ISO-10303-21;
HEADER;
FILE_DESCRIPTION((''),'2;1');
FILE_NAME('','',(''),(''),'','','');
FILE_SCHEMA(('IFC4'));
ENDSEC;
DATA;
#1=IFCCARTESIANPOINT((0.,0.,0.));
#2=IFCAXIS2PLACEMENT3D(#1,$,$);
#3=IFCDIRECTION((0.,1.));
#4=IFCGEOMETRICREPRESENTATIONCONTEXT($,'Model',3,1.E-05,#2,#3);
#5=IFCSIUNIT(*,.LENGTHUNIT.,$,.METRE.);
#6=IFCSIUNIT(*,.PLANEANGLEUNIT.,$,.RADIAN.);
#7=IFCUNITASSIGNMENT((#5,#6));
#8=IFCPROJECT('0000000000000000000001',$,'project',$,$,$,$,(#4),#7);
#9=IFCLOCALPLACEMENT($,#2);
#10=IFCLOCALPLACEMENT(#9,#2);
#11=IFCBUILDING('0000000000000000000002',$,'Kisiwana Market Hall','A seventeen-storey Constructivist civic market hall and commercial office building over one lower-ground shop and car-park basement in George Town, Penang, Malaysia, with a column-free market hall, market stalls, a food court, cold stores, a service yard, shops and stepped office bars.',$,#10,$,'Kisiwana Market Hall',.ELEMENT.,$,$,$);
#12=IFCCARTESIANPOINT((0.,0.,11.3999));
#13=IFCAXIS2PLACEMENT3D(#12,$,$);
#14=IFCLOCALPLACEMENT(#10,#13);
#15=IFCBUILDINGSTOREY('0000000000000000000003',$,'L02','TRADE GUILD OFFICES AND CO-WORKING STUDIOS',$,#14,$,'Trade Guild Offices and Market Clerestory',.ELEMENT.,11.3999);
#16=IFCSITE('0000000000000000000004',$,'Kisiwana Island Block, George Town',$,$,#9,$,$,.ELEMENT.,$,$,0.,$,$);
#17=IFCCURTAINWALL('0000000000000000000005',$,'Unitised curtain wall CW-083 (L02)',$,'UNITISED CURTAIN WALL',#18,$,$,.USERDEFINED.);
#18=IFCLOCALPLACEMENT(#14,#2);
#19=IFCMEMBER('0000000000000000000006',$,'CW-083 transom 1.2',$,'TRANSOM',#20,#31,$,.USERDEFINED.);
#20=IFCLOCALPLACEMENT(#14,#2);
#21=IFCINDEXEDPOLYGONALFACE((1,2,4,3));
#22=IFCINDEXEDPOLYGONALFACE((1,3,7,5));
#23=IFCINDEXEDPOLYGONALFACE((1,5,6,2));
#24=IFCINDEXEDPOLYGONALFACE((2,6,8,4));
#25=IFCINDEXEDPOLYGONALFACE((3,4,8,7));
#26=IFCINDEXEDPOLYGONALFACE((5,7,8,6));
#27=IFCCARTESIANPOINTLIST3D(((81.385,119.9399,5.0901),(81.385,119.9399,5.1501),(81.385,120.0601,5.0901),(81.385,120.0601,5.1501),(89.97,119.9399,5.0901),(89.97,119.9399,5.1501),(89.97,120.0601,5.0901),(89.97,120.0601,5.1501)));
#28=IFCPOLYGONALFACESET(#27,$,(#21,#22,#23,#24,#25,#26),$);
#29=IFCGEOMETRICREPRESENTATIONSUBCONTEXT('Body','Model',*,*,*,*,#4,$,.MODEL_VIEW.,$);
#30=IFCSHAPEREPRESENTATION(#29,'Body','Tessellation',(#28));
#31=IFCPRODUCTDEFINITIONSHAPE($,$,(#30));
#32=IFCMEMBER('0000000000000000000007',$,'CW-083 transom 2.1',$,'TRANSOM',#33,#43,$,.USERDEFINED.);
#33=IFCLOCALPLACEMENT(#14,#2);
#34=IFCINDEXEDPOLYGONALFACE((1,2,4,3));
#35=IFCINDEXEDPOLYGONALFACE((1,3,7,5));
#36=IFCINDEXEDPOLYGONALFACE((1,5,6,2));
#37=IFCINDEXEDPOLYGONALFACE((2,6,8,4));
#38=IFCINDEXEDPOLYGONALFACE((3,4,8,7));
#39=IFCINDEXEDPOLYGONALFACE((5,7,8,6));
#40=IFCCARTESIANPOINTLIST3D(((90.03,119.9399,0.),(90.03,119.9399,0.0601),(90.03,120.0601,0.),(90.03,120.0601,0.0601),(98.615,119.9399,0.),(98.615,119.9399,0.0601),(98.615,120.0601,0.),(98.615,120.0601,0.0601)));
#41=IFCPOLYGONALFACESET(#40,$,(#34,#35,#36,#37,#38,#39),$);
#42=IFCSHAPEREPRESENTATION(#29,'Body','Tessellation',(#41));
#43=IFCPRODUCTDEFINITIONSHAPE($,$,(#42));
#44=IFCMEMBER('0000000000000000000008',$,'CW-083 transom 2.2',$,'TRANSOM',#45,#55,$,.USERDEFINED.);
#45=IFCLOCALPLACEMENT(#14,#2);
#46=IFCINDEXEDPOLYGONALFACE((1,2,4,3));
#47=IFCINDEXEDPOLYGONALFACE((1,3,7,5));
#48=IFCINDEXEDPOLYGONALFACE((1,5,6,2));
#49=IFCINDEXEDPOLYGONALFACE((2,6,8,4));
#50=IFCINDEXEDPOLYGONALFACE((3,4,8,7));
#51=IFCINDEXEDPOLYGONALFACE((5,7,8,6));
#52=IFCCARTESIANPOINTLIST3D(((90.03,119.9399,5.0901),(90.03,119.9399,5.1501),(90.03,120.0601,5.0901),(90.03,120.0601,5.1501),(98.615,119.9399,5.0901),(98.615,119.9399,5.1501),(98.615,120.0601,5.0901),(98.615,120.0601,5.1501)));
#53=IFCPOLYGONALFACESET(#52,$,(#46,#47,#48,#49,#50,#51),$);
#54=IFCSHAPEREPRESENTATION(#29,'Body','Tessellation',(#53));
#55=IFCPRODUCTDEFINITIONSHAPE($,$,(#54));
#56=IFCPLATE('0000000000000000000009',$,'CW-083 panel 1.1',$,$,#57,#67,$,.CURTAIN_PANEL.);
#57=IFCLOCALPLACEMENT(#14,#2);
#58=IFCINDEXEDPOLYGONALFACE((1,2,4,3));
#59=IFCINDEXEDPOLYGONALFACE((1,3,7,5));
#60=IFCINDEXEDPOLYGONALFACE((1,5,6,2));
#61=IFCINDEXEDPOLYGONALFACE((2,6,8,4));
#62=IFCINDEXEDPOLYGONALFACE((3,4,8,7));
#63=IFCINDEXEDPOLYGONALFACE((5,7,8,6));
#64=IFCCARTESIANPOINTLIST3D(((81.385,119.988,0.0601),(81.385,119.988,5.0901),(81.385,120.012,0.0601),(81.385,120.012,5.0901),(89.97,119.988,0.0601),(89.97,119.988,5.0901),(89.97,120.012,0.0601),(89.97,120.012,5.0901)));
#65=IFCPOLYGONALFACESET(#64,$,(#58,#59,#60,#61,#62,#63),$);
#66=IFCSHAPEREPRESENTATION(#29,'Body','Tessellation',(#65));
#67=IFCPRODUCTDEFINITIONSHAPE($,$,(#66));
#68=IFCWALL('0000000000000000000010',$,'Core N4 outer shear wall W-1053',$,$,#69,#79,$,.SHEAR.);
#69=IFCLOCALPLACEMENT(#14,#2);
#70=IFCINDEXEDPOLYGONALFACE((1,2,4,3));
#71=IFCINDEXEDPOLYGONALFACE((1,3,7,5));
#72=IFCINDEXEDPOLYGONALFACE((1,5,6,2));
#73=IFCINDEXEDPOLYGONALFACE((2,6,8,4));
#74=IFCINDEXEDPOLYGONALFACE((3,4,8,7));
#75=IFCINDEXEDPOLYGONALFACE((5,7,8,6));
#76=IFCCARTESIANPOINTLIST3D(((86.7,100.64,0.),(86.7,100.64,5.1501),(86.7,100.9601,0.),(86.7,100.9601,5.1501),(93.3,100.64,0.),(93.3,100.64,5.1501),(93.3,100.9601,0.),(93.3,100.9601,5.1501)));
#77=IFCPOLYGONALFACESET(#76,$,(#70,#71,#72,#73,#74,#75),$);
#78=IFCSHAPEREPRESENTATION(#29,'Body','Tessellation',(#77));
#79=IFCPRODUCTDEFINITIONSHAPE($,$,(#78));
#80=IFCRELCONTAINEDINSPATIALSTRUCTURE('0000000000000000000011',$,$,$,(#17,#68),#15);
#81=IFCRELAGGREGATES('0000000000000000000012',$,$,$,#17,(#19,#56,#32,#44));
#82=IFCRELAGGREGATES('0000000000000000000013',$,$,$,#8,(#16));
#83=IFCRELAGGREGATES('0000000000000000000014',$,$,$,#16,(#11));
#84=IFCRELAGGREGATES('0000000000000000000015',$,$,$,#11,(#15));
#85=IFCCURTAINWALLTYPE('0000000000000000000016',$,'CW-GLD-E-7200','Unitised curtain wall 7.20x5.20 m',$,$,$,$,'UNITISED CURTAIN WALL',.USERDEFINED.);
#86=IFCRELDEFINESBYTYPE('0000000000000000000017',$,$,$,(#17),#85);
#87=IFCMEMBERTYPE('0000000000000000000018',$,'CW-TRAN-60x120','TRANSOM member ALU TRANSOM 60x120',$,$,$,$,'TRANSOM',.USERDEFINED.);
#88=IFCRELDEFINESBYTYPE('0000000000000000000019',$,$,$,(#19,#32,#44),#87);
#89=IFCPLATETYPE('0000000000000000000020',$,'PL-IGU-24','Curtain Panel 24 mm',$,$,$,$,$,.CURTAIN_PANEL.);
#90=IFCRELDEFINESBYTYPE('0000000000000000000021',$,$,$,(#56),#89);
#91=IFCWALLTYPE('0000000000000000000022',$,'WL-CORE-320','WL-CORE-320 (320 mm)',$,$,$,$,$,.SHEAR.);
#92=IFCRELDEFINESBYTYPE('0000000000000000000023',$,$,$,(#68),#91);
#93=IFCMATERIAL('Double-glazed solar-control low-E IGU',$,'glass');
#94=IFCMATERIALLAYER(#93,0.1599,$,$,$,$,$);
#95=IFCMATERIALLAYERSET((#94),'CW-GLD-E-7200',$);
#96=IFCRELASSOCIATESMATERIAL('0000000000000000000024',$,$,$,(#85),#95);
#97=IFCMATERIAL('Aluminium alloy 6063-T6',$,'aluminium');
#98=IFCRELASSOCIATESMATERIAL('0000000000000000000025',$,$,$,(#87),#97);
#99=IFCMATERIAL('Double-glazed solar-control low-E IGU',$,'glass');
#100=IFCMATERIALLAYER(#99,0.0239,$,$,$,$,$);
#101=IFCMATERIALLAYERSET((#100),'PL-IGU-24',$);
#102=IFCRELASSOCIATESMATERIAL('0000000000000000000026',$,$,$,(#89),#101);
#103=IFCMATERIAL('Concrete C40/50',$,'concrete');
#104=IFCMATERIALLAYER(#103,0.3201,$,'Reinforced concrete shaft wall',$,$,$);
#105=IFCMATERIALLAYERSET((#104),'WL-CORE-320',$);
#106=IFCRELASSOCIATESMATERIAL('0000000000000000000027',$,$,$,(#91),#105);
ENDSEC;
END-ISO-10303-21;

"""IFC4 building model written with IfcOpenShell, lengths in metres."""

from ifc_helpers import new_model, si_unit, direction, frame, frame_2d, origin, origin_2d, place, context, subcontext, project, spatial, rectangle, extrude, material, layer, layer_set, material_profile, profile_set, type_object, element, aggregate, save


model = new_model("IFC4")

# Units and contexts
model_context = context("Model", 3, precision=1e-05, world=origin(), true_north=direction((0.0, 1.0)))
body_context = subcontext(model_context, "Body", "Model", "MODEL_VIEW")
ifc_project = project(units=[si_unit("LENGTHUNIT", "METRE"), si_unit("PLANEANGLEUNIT", "RADIAN")], contexts=[model_context])

# Site, building, storey
site_placement = place(None, origin())
site = spatial("IfcSite", under=ifc_project, at=site_placement, Name="Kisiwana Island Block, George Town", CompositionType="ELEMENT", RefElevation=0.0)
building_placement = place(site_placement, origin())
building = spatial("IfcBuilding", under=site, at=building_placement, Name="Kisiwana Market Hall", Description="A seventeen-storey Constructivist civic market hall and commercial office building over one lower-ground shop and car-park basement in George Town, Penang, Malaysia, with a column-free market hall, market stalls, a food court, cold stores, a service yard, shops and stepped office bars.", LongName="Kisiwana Market Hall", CompositionType="ELEMENT")
storey_placement = place(building_placement, frame((0.0, 0.0, 11.3999)))
storey = spatial("IfcBuildingStorey", under=building, at=storey_placement, Name="L02", Description="TRADE GUILD OFFICES AND CO-WORKING STUDIOS", LongName="Trade Guild Offices and Market Clerestory", CompositionType="ELEMENT", Elevation=11.3999)

# Curtain wall, members, plate
ifc_material_1 = material(Name="Double-glazed solar-control low-E IGU", Category="glass")
ifc_layer_1 = layer(ifc_material_1, 0.1599)
ifc_layer_set_1 = layer_set([ifc_layer_1], Name="CW-GLD-E-7200")
curtain_wall_type = type_object("IfcCurtainWallType", Name="CW-GLD-E-7200", Description="Unitised curtain wall 7.20x5.20 m", ElementType="UNITISED CURTAIN WALL", PredefinedType="USERDEFINED", material=ifc_layer_set_1)
curtain_wall_placement = place(storey_placement, origin())
curtain_wall = element("IfcCurtainWall", 1, at=curtain_wall_placement, inside=storey, type_object=curtain_wall_type, Name="Unitised curtain wall CW-083 (L02)", ObjectType="UNITISED CURTAIN WALL", PredefinedType="USERDEFINED")
ifc_material_2 = material(Name="Aluminium alloy 6063-T6", Category="aluminium")
ifc_material_profile_1 = material_profile(ifc_material_2, rectangle(XDim=0.1201, YDim=0.0601, at=origin_2d()), Name="ALU TRANSOM 60x120")
ifc_profile_set_1 = profile_set([ifc_material_profile_1], Name="Aluminium alloy 6063-T6")
member_type_1 = type_object("IfcMemberType", Name="CW-TRAN-60x120", Description="TRANSOM member ALU TRANSOM 60x120", ElementType="TRANSOM", PredefinedType="USERDEFINED", material=ifc_profile_set_1)
member_1_placement = place(storey_placement, frame((81.385, 120.0, 5.1201), z_axis=(1.0, 0.0, 0.0), x_axis=(0.0, 1.0, 0.0)))
member_1 = element("IfcMember", 2, at=member_1_placement, type_object=member_type_1, Name="CW-083 transom 1.2", ObjectType="TRANSOM", PredefinedType="USERDEFINED", context=body_context, shape_type="SweptSolid", body=[
    extrude(rectangle(XDim=0.1201, YDim=0.0601, at=origin_2d()), origin(), (0.0, 0.0, 1.0), 8.585),
])
member_2_placement = place(storey_placement, frame((90.03, 120.0, 0.03), z_axis=(1.0, 0.0, 0.0), x_axis=(0.0, 1.0, 0.0)))
member_2 = element("IfcMember", 3, at=member_2_placement, type_object=member_type_1, Name="CW-083 transom 2.1", ObjectType="TRANSOM", PredefinedType="USERDEFINED", context=body_context, shape_type="SweptSolid", body=[
    extrude(rectangle(XDim=0.1201, YDim=0.0601, at=origin_2d()), origin(), (0.0, 0.0, 1.0), 8.585),
])
member_3_placement = place(storey_placement, frame((90.03, 120.0, 5.1201), z_axis=(1.0, 0.0, 0.0), x_axis=(0.0, 1.0, 0.0)))
member_3 = element("IfcMember", 4, at=member_3_placement, type_object=member_type_1, Name="CW-083 transom 2.2", ObjectType="TRANSOM", PredefinedType="USERDEFINED", context=body_context, shape_type="SweptSolid", body=[
    extrude(rectangle(XDim=0.1201, YDim=0.0601, at=origin_2d()), origin(), (0.0, 0.0, 1.0), 8.585),
])
ifc_material_3 = material(Name="Double-glazed solar-control low-E IGU", Category="glass")
ifc_layer_2 = layer(ifc_material_3, 0.0239)
ifc_layer_set_2 = layer_set([ifc_layer_2], Name="PL-IGU-24")
plate_type = type_object("IfcPlateType", Name="PL-IGU-24", Description="Curtain Panel 24 mm", PredefinedType="CURTAIN_PANEL", material=ifc_layer_set_2)
plate_placement = place(storey_placement, frame((85.6775, 120.0, 0.0601), z_axis=(0.0, 0.0, 1.0), x_axis=(1.0, 0.0, 0.0)))
plate = element("IfcPlate", 5, at=plate_placement, type_object=plate_type, Name="CW-083 panel 1.1", PredefinedType="CURTAIN_PANEL", context=body_context, shape_type="SweptSolid", body=[
    extrude(rectangle(XDim=8.585, YDim=0.0239, at=origin_2d()), origin(), (0.0, 0.0, 1.0), 5.03),
])
aggregate(curtain_wall, [member_1, plate, member_2, member_3])

# Wall
ifc_material_4 = material(Name="Concrete C40/50", Category="concrete")
ifc_layer_3 = layer(ifc_material_4, 0.3201, Name="Reinforced concrete shaft wall")
ifc_layer_set_3 = layer_set([ifc_layer_3], Name="WL-CORE-320")
wall_type = type_object("IfcWallType", Name="WL-CORE-320", Description="WL-CORE-320 (320 mm)", PredefinedType="SHEAR", material=ifc_layer_set_3)
wall_placement = place(storey_placement, frame((86.7, 100.8, 0.0), z_axis=(0.0, 0.0, 1.0), x_axis=(1.0, 0.0, 0.0)))
element("IfcWall", 6, at=wall_placement, inside=storey, type_object=wall_type, Name="Core N4 outer shear wall W-1053", PredefinedType="SHEAR", context=body_context, shape_type="SweptSolid", body=[
    extrude(rectangle(XDim=6.6001, YDim=0.3201, at=frame_2d((3.3, 0.0))), origin(), (0.0, 0.0, 1.0), 5.1501),
])

save(model, "model.ifc")
